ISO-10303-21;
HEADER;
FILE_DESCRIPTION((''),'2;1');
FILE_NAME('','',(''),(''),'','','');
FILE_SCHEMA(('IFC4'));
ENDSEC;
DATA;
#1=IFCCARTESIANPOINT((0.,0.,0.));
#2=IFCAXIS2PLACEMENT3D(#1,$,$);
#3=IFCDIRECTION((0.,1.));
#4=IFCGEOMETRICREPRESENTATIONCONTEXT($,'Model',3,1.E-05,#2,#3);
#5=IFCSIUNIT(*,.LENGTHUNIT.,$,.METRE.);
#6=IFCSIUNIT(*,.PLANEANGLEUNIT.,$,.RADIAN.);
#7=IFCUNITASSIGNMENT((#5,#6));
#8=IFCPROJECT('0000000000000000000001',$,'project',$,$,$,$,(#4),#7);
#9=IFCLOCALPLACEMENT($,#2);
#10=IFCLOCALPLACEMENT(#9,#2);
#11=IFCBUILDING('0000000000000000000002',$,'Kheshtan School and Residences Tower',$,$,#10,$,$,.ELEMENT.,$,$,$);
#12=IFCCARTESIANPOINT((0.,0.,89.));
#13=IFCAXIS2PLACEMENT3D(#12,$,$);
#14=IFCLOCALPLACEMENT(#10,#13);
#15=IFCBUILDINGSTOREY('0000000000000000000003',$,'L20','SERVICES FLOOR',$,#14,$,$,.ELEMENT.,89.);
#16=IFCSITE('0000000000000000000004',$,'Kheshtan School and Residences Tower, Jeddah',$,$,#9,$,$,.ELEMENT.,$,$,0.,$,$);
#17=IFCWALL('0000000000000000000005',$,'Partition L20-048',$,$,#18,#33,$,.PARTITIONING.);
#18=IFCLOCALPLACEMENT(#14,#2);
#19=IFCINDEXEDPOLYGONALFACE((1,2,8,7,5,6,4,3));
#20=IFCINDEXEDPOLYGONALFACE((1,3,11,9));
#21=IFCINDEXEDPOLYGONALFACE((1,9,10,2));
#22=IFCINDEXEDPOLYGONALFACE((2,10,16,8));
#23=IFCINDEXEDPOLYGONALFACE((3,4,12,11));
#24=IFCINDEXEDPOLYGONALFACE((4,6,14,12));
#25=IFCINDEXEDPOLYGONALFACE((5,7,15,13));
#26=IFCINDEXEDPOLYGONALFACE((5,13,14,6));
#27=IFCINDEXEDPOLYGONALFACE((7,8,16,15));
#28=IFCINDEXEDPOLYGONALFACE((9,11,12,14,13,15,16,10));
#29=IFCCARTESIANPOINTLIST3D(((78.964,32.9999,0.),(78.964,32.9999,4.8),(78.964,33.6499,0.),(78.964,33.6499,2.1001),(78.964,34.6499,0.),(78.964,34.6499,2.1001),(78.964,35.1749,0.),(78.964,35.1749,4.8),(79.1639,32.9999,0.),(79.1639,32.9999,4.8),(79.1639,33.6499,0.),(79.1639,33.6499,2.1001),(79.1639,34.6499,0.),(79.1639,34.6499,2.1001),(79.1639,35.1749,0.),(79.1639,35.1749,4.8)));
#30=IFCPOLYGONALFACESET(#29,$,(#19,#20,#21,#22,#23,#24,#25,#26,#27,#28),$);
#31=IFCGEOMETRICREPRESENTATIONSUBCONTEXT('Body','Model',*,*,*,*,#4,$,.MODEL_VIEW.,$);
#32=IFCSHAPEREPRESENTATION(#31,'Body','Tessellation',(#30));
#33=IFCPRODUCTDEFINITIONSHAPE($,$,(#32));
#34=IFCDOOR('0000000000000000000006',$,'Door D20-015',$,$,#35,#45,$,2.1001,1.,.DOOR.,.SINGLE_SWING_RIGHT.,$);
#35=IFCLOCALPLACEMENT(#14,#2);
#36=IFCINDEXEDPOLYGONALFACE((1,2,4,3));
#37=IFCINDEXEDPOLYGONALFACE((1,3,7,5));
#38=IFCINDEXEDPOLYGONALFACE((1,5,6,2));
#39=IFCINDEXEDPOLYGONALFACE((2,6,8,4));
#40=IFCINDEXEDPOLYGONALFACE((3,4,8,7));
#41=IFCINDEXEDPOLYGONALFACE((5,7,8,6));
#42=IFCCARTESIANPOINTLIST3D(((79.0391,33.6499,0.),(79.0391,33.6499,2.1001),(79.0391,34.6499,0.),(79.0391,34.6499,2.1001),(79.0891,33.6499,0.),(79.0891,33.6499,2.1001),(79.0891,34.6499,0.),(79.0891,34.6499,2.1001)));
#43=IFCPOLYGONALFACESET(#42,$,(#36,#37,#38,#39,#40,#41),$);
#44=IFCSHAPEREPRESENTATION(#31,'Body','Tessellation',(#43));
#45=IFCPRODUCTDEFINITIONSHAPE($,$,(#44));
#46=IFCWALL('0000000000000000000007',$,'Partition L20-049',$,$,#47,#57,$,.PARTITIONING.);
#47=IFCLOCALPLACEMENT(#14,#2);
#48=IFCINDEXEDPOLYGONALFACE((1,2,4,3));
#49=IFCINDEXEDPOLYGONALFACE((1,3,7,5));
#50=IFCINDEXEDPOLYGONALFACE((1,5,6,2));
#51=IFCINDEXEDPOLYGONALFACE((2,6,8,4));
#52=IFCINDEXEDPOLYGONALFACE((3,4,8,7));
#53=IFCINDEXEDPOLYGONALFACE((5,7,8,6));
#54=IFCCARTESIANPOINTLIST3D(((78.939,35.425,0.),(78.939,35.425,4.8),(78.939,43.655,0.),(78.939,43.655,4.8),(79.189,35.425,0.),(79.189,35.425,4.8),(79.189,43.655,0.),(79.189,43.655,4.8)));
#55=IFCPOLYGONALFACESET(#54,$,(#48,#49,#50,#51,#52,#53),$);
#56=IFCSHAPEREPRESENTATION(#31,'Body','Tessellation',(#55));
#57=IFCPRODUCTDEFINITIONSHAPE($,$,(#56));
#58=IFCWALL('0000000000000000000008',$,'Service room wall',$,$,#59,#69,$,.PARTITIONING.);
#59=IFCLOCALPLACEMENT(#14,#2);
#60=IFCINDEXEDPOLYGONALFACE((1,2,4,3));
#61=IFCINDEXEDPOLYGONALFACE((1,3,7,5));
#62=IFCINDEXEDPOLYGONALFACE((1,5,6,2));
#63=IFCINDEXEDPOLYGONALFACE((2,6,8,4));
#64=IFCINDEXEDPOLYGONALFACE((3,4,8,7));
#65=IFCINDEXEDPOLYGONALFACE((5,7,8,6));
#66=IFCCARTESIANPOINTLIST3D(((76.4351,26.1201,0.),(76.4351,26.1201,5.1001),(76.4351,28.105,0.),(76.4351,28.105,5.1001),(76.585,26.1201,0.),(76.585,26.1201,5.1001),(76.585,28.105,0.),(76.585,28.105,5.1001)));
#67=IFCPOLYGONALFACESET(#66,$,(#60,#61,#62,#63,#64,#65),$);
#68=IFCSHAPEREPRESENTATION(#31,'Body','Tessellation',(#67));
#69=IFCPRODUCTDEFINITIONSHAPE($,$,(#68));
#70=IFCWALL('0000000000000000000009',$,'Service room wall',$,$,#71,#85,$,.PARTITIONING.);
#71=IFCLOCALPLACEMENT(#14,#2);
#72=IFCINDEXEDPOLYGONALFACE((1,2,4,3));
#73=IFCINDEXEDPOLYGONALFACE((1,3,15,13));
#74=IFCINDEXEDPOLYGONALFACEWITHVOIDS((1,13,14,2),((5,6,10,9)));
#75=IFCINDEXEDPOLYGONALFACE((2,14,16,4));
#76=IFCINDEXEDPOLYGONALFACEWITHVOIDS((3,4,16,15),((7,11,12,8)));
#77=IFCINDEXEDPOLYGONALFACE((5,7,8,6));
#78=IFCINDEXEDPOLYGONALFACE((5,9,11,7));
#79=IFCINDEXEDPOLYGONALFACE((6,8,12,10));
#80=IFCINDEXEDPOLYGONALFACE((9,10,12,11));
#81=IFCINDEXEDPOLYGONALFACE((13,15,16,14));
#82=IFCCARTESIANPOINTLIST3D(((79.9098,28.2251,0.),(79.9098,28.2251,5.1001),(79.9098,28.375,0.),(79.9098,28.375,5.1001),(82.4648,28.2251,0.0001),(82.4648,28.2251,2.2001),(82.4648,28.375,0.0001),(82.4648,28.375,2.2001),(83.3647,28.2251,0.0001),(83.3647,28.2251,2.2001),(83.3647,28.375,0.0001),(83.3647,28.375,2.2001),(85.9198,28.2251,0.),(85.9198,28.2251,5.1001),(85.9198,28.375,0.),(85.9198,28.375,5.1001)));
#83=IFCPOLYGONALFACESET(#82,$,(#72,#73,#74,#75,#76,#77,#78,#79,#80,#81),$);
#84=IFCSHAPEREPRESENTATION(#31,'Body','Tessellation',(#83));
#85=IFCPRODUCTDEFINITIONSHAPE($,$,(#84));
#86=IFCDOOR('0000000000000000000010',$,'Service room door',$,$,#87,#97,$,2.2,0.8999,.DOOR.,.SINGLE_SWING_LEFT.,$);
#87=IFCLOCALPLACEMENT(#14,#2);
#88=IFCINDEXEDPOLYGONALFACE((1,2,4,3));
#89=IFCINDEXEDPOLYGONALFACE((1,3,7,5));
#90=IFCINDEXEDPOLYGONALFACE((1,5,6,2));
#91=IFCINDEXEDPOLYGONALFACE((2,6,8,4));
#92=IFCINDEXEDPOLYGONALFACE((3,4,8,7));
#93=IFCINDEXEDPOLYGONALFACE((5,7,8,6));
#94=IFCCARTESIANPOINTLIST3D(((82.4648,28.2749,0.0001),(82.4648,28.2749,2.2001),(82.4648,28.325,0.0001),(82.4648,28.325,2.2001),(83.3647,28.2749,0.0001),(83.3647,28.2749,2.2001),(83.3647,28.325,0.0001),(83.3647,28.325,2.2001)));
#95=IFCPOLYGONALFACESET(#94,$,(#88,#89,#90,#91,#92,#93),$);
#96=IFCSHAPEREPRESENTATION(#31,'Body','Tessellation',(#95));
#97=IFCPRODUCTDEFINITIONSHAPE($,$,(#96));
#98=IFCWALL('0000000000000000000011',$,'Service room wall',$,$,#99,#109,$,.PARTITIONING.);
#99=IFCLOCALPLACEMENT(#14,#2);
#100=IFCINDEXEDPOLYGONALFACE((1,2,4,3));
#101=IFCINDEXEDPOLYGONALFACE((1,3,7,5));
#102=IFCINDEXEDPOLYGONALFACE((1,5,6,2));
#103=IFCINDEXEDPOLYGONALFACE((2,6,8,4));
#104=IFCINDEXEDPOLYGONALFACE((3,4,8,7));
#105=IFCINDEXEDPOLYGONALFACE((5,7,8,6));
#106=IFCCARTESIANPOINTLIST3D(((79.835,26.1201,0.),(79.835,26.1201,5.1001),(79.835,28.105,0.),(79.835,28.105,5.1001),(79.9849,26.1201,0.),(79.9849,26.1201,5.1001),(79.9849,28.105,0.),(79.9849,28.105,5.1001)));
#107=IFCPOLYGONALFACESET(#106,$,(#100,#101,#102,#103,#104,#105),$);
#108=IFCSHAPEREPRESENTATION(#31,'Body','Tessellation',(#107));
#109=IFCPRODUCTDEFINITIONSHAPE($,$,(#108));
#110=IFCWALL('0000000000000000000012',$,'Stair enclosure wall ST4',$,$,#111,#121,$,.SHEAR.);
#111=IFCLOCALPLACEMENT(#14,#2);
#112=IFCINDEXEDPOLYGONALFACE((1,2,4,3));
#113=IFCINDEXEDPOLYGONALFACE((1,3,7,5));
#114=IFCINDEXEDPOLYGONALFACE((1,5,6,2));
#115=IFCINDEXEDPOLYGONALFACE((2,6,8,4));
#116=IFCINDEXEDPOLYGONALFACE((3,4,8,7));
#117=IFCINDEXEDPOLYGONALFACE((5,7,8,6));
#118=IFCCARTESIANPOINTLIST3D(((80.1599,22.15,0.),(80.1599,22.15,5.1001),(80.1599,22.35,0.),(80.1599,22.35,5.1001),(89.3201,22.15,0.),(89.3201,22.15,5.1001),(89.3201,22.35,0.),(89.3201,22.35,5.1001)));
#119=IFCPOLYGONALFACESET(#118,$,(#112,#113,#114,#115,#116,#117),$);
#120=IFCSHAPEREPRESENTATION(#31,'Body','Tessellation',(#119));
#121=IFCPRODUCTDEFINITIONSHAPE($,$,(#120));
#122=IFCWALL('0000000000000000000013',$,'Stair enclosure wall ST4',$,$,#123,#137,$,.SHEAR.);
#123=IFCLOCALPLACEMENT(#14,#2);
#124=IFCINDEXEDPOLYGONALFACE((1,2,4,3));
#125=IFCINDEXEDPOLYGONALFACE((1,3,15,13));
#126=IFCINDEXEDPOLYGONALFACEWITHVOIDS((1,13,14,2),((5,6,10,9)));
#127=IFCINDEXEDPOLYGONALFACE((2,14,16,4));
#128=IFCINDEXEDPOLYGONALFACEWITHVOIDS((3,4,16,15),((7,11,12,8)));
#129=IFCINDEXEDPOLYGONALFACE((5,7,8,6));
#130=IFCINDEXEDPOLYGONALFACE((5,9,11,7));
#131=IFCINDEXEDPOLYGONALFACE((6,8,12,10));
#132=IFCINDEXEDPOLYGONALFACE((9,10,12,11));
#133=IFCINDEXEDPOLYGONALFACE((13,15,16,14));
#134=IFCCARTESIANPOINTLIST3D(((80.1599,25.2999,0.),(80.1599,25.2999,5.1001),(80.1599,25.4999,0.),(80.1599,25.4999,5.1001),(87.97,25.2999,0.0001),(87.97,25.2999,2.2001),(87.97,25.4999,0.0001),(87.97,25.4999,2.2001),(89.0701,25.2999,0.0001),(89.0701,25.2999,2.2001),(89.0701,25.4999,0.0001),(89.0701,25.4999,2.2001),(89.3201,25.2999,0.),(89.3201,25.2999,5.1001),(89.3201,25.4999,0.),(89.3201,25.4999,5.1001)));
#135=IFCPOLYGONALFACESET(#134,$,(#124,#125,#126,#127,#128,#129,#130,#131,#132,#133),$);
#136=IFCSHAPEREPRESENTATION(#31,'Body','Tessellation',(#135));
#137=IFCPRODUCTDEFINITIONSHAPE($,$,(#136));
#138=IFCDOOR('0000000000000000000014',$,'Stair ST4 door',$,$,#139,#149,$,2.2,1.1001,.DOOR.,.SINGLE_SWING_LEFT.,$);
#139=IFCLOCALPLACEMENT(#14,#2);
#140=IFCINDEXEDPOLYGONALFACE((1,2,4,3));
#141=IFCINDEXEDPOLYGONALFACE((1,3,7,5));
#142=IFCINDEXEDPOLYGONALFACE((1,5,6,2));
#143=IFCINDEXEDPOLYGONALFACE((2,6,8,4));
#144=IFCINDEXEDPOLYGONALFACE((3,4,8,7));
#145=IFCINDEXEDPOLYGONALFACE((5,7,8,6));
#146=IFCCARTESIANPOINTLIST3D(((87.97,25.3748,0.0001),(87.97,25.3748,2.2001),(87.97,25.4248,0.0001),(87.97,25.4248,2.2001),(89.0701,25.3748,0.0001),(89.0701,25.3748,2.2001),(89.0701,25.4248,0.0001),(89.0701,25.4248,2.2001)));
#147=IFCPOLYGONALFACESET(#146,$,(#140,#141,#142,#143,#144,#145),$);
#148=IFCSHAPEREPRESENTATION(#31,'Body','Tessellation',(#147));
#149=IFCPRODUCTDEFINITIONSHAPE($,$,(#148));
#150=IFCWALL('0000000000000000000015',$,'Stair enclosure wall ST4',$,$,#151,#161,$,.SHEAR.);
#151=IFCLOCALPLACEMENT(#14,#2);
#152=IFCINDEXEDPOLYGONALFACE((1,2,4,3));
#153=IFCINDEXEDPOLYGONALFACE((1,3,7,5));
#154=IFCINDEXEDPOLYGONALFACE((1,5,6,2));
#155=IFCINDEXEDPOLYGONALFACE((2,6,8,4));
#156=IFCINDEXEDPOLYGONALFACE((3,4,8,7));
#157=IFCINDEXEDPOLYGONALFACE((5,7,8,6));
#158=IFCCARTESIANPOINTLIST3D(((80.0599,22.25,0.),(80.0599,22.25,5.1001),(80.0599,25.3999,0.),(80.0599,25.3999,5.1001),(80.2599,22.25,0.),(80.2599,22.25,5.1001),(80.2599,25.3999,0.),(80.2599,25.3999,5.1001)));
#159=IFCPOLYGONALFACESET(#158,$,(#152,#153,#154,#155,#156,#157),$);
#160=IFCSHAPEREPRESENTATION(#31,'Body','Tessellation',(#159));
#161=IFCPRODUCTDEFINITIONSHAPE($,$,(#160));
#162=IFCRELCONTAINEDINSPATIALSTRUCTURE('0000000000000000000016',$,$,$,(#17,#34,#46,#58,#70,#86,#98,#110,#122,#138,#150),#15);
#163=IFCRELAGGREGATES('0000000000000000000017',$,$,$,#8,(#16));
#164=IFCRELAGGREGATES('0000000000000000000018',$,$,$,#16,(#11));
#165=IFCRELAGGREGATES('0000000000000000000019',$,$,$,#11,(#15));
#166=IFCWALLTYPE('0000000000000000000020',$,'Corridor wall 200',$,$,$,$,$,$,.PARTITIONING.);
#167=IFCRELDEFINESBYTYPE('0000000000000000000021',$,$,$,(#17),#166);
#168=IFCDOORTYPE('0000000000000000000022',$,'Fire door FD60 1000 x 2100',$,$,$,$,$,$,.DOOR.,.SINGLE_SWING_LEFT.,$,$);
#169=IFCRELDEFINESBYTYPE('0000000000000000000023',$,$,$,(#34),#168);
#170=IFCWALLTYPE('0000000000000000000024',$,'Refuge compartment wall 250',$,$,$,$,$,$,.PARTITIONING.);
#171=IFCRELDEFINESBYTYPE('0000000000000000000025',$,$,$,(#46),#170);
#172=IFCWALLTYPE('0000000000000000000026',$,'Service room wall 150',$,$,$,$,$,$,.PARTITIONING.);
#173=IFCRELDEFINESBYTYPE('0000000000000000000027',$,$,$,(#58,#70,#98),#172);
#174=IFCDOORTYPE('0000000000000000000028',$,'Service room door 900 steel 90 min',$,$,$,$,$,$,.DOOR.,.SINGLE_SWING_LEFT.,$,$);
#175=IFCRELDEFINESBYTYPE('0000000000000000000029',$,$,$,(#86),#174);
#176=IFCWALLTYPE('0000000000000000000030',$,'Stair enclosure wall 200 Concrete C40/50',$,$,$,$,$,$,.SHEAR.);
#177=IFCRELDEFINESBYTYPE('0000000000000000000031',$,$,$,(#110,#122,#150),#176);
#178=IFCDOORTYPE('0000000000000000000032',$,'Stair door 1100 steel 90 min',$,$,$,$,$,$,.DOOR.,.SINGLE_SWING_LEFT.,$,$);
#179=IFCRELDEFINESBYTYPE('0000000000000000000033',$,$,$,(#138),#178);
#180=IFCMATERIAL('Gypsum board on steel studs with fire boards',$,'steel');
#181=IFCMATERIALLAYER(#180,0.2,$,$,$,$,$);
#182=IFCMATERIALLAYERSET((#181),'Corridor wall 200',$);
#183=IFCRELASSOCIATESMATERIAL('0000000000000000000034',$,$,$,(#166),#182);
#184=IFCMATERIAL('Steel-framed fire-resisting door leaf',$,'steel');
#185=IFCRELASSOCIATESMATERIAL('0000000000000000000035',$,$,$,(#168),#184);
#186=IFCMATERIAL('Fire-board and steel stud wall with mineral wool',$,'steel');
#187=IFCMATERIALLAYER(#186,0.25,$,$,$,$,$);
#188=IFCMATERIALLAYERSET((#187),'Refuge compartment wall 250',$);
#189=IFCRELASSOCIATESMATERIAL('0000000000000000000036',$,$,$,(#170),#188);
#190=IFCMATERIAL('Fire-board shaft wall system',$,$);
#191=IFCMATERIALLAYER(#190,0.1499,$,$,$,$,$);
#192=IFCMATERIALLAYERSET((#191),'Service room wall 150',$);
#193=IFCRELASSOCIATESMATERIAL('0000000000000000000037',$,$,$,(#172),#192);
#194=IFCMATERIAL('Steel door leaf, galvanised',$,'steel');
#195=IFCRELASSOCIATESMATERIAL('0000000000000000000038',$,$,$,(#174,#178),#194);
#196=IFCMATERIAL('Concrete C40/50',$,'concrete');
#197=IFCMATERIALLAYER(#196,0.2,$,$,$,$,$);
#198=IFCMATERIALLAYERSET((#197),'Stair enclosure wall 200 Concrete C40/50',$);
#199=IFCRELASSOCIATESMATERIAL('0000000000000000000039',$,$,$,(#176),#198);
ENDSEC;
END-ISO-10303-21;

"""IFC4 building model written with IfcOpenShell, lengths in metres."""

from ifc_helpers import new_model, si_unit, direction, frame, frame_2d, origin, place, context, subcontext, project, spatial, rectangle, extrude, source, transform, mapped, material, layer, layer_set, type_object, element, fill, save


model = new_model("IFC4")

# Units and contexts
model_context = context("Model", 3, precision=1e-05, world=origin(), true_north=direction((0.0, 1.0)))
body_context = subcontext(model_context, "Body", "Model", "MODEL_VIEW")
ifc_project = project(units=[si_unit("LENGTHUNIT", "METRE"), si_unit("PLANEANGLEUNIT", "RADIAN")], contexts=[model_context])

# Site, building, storey
site_placement = place(None, origin())
site = spatial("IfcSite", under=ifc_project, at=site_placement, Name="Kheshtan School and Residences Tower, Jeddah", CompositionType="ELEMENT", RefElevation=0.0)
building_placement = place(site_placement, origin())
building = spatial("IfcBuilding", under=site, at=building_placement, Name="Kheshtan School and Residences Tower", CompositionType="ELEMENT")
storey_placement = place(building_placement, frame((0.0, 0.0, 89.0)))
storey = spatial("IfcBuildingStorey", under=building, at=storey_placement, Name="L20", Description="SERVICES FLOOR", CompositionType="ELEMENT", Elevation=89.0)

# Wall, opening, door
ifc_material_1 = material(Name="Gypsum board on steel studs with fire boards", Category="steel")
ifc_layer_1 = layer(ifc_material_1, 0.2)
ifc_layer_set_1 = layer_set([ifc_layer_1], Name="Corridor wall 200")
wall_type_1 = type_object("IfcWallType", Name="Corridor wall 200", PredefinedType="PARTITIONING", material=ifc_layer_set_1)
wall_1_placement = place(storey_placement, frame((79.064, 33.0, 0.0), z_axis=(0.0, 0.0, 1.0), x_axis=(0.0, 1.0, 0.0)))
wall_1 = element("IfcWall", 1, at=wall_1_placement, inside=storey, type_object=wall_type_1, Name="Partition L20-048", PredefinedType="PARTITIONING", context=body_context, shape_type="SweptSolid", body=[
    extrude(rectangle(XDim=2.175, YDim=0.2, at=frame_2d((1.0874, 0.0))), origin(), (0.0, 0.0, 1.0), 4.8),
])
opening_1_placement = place(wall_1_placement, frame((0.6499, 0.0, 0.0)))
opening_1 = element("IfcOpeningElement", 2, at=opening_1_placement, cuts=wall_1, PredefinedType="OPENING", context=body_context, shape_type="SweptSolid", body=[
    extrude(rectangle(XDim=1.0, YDim=2.1001, at=frame_2d((0.5, 1.05))), frame((0.0, 0.1099, 0.0), z_axis=(0.0, -1.0, 0.0), x_axis=(1.0, 0.0, 0.0)), (0.0, 0.0, 1.0), 0.22),
])
ifc_material_2 = material(Name="Steel-framed fire-resisting door leaf", Category="steel")
door_type_1 = type_object("IfcDoorType", Name="Fire door FD60 1000 x 2100", OperationType="SINGLE_SWING_LEFT", PredefinedType="DOOR", material=ifc_material_2)
shared_shape_1 = source(origin(), body_context, "Body", "SweptSolid", [
    extrude(rectangle(XDim=1.0, YDim=2.1001, at=frame_2d((0.5, 1.05))), frame((0.0, 0.0249, 0.0), z_axis=(0.0, -1.0, 0.0), x_axis=(1.0, 0.0, 0.0)), (0.0, 0.0, 1.0), 0.05),
])
door_1_placement = place(opening_1_placement, origin())
door_1 = element("IfcDoor", 3, at=door_1_placement, inside=storey, type_object=door_type_1, Name="Door D20-015", OperationType="SINGLE_SWING_RIGHT", OverallHeight=2.1001, OverallWidth=1.0, PredefinedType="DOOR", context=body_context, shape_type="MappedRepresentation", body=[
    mapped(shared_shape_1, transform((0.0, 0.0, 0.0), x_axis=(1.0, 0.0, 0.0), y_axis=(0.0, 1.0, 0.0), z_axis=(0.0, 0.0, 1.0), scale=1.0)),
])
fill(opening_1, door_1)

# Walls
ifc_material_3 = material(Name="Fire-board and steel stud wall with mineral wool", Category="steel")
ifc_layer_2 = layer(ifc_material_3, 0.25)
ifc_layer_set_2 = layer_set([ifc_layer_2], Name="Refuge compartment wall 250")
wall_type_2 = type_object("IfcWallType", Name="Refuge compartment wall 250", PredefinedType="PARTITIONING", material=ifc_layer_set_2)
wall_2_placement = place(storey_placement, frame((79.064, 35.425, 0.0), z_axis=(0.0, 0.0, 1.0), x_axis=(0.0, 1.0, 0.0)))
element("IfcWall", 4, at=wall_2_placement, inside=storey, type_object=wall_type_2, Name="Partition L20-049", PredefinedType="PARTITIONING", context=body_context, shape_type="SweptSolid", body=[
    extrude(rectangle(XDim=8.23, YDim=0.25, at=frame_2d((4.115, 0.0))), origin(), (0.0, 0.0, 1.0), 4.8),
])
ifc_material_4 = material(Name="Fire-board shaft wall system")
ifc_layer_3 = layer(ifc_material_4, 0.1499)
ifc_layer_set_3 = layer_set([ifc_layer_3], Name="Service room wall 150")
wall_type_3 = type_object("IfcWallType", Name="Service room wall 150", PredefinedType="PARTITIONING", material=ifc_layer_set_3)
wall_3_placement = place(storey_placement, frame((76.51, 26.1201, 0.0), z_axis=(0.0, 0.0, 1.0), x_axis=(0.0, 1.0, 0.0)))
element("IfcWall", 5, at=wall_3_placement, inside=storey, type_object=wall_type_3, Name="Service room wall", PredefinedType="PARTITIONING", context=body_context, shape_type="SweptSolid", body=[
    extrude(rectangle(XDim=1.9849, YDim=0.1499, at=frame_2d((0.9924, 0.0))), origin(), (0.0, 0.0, 1.0), 5.1001),
])

# Wall, opening, door
wall_4_placement = place(storey_placement, frame((79.9099, 28.3, 0.0), z_axis=(0.0, 0.0, 1.0), x_axis=(1.0, 0.0, 0.0)))
wall_4 = element("IfcWall", 6, at=wall_4_placement, inside=storey, type_object=wall_type_3, Name="Service room wall", PredefinedType="PARTITIONING", context=body_context, shape_type="SweptSolid", body=[
    extrude(rectangle(XDim=6.01, YDim=0.1499, at=frame_2d((3.0049, 0.0))), origin(), (0.0, 0.0, 1.0), 5.1001),
])
opening_2_placement = place(wall_4_placement, frame((2.5549, 0.0, 0.0)))
opening_2 = element("IfcOpeningElement", 7, at=opening_2_placement, cuts=wall_4, PredefinedType="OPENING", context=body_context, shape_type="SweptSolid", body=[
    extrude(rectangle(XDim=0.8999, YDim=2.2, at=frame_2d((0.45, 1.1001))), frame((0.0, 0.085, 0.0), z_axis=(0.0, -1.0, 0.0), x_axis=(1.0, 0.0, 0.0)), (0.0, 0.0, 1.0), 0.1699),
])
ifc_material_5 = material(Name="Steel door leaf, galvanised", Category="steel")
door_type_2 = type_object("IfcDoorType", Name="Service room door 900 steel 90 min", OperationType="SINGLE_SWING_LEFT", PredefinedType="DOOR", material=ifc_material_5)
shared_shape_2 = source(origin(), body_context, "Body", "SweptSolid", [
    extrude(rectangle(XDim=0.8999, YDim=2.2, at=frame_2d((0.45, 1.1001))), frame((0.0, 0.0249, 0.0), z_axis=(0.0, -1.0, 0.0), x_axis=(1.0, 0.0, 0.0)), (0.0, 0.0, 1.0), 0.05),
])
door_2_placement = place(opening_2_placement, origin())
door_2 = element("IfcDoor", 8, at=door_2_placement, inside=storey, type_object=door_type_2, Name="Service room door", OperationType="SINGLE_SWING_LEFT", OverallHeight=2.2, OverallWidth=0.8999, PredefinedType="DOOR", context=body_context, shape_type="MappedRepresentation", body=[
    mapped(shared_shape_2, transform((0.0, 0.0, 0.0), x_axis=(1.0, 0.0, 0.0), y_axis=(0.0, 1.0, 0.0), z_axis=(0.0, 0.0, 1.0), scale=1.0)),
])
fill(opening_2, door_2)

# Walls
wall_5_placement = place(storey_placement, frame((79.9099, 26.1201, 0.0), z_axis=(0.0, 0.0, 1.0), x_axis=(0.0, 1.0, 0.0)))
element("IfcWall", 9, at=wall_5_placement, inside=storey, type_object=wall_type_3, Name="Service room wall", PredefinedType="PARTITIONING", context=body_context, shape_type="SweptSolid", body=[
    extrude(rectangle(XDim=1.9849, YDim=0.1499, at=frame_2d((0.9924, 0.0))), origin(), (0.0, 0.0, 1.0), 5.1001),
])
ifc_material_6 = material(Name="Concrete C40/50", Category="concrete")
ifc_layer_4 = layer(ifc_material_6, 0.2)
ifc_layer_set_4 = layer_set([ifc_layer_4], Name="Stair enclosure wall 200 Concrete C40/50")
wall_type_4 = type_object("IfcWallType", Name="Stair enclosure wall 200 Concrete C40/50", PredefinedType="SHEAR", material=ifc_layer_set_4)
wall_6_placement = place(storey_placement, frame((80.1599, 22.25, 0.0), z_axis=(0.0, 0.0, 1.0), x_axis=(1.0, 0.0, 0.0)))
element("IfcWall", 10, at=wall_6_placement, inside=storey, type_object=wall_type_4, Name="Stair enclosure wall ST4", PredefinedType="SHEAR", context=body_context, shape_type="SweptSolid", body=[
    extrude(rectangle(XDim=9.1602, YDim=0.2, at=frame_2d((4.5801, 0.0))), origin(), (0.0, 0.0, 1.0), 5.1001),
])

# Wall, opening, door
wall_7_placement = place(storey_placement, frame((80.1599, 25.3999, 0.0), z_axis=(0.0, 0.0, 1.0), x_axis=(1.0, 0.0, 0.0)))
wall_7 = element("IfcWall", 11, at=wall_7_placement, inside=storey, type_object=wall_type_4, Name="Stair enclosure wall ST4", PredefinedType="SHEAR", context=body_context, shape_type="SweptSolid", body=[
    extrude(rectangle(XDim=9.1602, YDim=0.2, at=frame_2d((4.5801, 0.0))), origin(), (0.0, 0.0, 1.0), 5.1001),
])
opening_3_placement = place(wall_7_placement, frame((7.8101, 0.0, 0.0)))
opening_3 = element("IfcOpeningElement", 12, at=opening_3_placement, cuts=wall_7, PredefinedType="OPENING", context=body_context, shape_type="SweptSolid", body=[
    extrude(rectangle(XDim=1.1001, YDim=2.2, at=frame_2d((0.55, 1.1001))), frame((0.0, 0.1099, 0.0), z_axis=(0.0, -1.0, 0.0), x_axis=(1.0, 0.0, 0.0)), (0.0, 0.0, 1.0), 0.22),
])
door_type_3 = type_object("IfcDoorType", Name="Stair door 1100 steel 90 min", OperationType="SINGLE_SWING_LEFT", PredefinedType="DOOR", material=ifc_material_5)
shared_shape_3 = source(origin(), body_context, "Body", "SweptSolid", [
    extrude(rectangle(XDim=1.1001, YDim=2.2, at=frame_2d((0.55, 1.1001))), frame((0.0, 0.0249, 0.0), z_axis=(0.0, -1.0, 0.0), x_axis=(1.0, 0.0, 0.0)), (0.0, 0.0, 1.0), 0.05),
])
door_3_placement = place(opening_3_placement, origin())
door_3 = element("IfcDoor", 13, at=door_3_placement, inside=storey, type_object=door_type_3, Name="Stair ST4 door", OperationType="SINGLE_SWING_LEFT", OverallHeight=2.2, OverallWidth=1.1001, PredefinedType="DOOR", context=body_context, shape_type="MappedRepresentation", body=[
    mapped(shared_shape_3, transform((0.0, 0.0, 0.0), x_axis=(1.0, 0.0, 0.0), y_axis=(0.0, 1.0, 0.0), z_axis=(0.0, 0.0, 1.0), scale=1.0)),
])
fill(opening_3, door_3)

# Wall
for number, where, z_axis, x_axis, name in (
    (14, (80.1599, 22.25, 0.0), (0.0, 0.0, 1.0), (0.0, 1.0, 0.0), "Stair enclosure wall ST4"),
):
    element("IfcWall", number, at=place(storey_placement, frame(where, z_axis=z_axis, x_axis=x_axis)), inside=storey, type_object=wall_type_4, Name=name, PredefinedType="SHEAR", context=body_context, shape_type="SweptSolid", body=[
        extrude(rectangle(XDim=3.1499, YDim=0.2, at=frame_2d((1.575, 0.0))), origin(), (0.0, 0.0, 1.0), 5.1001),
    ])

save(model, "model.ifc")
